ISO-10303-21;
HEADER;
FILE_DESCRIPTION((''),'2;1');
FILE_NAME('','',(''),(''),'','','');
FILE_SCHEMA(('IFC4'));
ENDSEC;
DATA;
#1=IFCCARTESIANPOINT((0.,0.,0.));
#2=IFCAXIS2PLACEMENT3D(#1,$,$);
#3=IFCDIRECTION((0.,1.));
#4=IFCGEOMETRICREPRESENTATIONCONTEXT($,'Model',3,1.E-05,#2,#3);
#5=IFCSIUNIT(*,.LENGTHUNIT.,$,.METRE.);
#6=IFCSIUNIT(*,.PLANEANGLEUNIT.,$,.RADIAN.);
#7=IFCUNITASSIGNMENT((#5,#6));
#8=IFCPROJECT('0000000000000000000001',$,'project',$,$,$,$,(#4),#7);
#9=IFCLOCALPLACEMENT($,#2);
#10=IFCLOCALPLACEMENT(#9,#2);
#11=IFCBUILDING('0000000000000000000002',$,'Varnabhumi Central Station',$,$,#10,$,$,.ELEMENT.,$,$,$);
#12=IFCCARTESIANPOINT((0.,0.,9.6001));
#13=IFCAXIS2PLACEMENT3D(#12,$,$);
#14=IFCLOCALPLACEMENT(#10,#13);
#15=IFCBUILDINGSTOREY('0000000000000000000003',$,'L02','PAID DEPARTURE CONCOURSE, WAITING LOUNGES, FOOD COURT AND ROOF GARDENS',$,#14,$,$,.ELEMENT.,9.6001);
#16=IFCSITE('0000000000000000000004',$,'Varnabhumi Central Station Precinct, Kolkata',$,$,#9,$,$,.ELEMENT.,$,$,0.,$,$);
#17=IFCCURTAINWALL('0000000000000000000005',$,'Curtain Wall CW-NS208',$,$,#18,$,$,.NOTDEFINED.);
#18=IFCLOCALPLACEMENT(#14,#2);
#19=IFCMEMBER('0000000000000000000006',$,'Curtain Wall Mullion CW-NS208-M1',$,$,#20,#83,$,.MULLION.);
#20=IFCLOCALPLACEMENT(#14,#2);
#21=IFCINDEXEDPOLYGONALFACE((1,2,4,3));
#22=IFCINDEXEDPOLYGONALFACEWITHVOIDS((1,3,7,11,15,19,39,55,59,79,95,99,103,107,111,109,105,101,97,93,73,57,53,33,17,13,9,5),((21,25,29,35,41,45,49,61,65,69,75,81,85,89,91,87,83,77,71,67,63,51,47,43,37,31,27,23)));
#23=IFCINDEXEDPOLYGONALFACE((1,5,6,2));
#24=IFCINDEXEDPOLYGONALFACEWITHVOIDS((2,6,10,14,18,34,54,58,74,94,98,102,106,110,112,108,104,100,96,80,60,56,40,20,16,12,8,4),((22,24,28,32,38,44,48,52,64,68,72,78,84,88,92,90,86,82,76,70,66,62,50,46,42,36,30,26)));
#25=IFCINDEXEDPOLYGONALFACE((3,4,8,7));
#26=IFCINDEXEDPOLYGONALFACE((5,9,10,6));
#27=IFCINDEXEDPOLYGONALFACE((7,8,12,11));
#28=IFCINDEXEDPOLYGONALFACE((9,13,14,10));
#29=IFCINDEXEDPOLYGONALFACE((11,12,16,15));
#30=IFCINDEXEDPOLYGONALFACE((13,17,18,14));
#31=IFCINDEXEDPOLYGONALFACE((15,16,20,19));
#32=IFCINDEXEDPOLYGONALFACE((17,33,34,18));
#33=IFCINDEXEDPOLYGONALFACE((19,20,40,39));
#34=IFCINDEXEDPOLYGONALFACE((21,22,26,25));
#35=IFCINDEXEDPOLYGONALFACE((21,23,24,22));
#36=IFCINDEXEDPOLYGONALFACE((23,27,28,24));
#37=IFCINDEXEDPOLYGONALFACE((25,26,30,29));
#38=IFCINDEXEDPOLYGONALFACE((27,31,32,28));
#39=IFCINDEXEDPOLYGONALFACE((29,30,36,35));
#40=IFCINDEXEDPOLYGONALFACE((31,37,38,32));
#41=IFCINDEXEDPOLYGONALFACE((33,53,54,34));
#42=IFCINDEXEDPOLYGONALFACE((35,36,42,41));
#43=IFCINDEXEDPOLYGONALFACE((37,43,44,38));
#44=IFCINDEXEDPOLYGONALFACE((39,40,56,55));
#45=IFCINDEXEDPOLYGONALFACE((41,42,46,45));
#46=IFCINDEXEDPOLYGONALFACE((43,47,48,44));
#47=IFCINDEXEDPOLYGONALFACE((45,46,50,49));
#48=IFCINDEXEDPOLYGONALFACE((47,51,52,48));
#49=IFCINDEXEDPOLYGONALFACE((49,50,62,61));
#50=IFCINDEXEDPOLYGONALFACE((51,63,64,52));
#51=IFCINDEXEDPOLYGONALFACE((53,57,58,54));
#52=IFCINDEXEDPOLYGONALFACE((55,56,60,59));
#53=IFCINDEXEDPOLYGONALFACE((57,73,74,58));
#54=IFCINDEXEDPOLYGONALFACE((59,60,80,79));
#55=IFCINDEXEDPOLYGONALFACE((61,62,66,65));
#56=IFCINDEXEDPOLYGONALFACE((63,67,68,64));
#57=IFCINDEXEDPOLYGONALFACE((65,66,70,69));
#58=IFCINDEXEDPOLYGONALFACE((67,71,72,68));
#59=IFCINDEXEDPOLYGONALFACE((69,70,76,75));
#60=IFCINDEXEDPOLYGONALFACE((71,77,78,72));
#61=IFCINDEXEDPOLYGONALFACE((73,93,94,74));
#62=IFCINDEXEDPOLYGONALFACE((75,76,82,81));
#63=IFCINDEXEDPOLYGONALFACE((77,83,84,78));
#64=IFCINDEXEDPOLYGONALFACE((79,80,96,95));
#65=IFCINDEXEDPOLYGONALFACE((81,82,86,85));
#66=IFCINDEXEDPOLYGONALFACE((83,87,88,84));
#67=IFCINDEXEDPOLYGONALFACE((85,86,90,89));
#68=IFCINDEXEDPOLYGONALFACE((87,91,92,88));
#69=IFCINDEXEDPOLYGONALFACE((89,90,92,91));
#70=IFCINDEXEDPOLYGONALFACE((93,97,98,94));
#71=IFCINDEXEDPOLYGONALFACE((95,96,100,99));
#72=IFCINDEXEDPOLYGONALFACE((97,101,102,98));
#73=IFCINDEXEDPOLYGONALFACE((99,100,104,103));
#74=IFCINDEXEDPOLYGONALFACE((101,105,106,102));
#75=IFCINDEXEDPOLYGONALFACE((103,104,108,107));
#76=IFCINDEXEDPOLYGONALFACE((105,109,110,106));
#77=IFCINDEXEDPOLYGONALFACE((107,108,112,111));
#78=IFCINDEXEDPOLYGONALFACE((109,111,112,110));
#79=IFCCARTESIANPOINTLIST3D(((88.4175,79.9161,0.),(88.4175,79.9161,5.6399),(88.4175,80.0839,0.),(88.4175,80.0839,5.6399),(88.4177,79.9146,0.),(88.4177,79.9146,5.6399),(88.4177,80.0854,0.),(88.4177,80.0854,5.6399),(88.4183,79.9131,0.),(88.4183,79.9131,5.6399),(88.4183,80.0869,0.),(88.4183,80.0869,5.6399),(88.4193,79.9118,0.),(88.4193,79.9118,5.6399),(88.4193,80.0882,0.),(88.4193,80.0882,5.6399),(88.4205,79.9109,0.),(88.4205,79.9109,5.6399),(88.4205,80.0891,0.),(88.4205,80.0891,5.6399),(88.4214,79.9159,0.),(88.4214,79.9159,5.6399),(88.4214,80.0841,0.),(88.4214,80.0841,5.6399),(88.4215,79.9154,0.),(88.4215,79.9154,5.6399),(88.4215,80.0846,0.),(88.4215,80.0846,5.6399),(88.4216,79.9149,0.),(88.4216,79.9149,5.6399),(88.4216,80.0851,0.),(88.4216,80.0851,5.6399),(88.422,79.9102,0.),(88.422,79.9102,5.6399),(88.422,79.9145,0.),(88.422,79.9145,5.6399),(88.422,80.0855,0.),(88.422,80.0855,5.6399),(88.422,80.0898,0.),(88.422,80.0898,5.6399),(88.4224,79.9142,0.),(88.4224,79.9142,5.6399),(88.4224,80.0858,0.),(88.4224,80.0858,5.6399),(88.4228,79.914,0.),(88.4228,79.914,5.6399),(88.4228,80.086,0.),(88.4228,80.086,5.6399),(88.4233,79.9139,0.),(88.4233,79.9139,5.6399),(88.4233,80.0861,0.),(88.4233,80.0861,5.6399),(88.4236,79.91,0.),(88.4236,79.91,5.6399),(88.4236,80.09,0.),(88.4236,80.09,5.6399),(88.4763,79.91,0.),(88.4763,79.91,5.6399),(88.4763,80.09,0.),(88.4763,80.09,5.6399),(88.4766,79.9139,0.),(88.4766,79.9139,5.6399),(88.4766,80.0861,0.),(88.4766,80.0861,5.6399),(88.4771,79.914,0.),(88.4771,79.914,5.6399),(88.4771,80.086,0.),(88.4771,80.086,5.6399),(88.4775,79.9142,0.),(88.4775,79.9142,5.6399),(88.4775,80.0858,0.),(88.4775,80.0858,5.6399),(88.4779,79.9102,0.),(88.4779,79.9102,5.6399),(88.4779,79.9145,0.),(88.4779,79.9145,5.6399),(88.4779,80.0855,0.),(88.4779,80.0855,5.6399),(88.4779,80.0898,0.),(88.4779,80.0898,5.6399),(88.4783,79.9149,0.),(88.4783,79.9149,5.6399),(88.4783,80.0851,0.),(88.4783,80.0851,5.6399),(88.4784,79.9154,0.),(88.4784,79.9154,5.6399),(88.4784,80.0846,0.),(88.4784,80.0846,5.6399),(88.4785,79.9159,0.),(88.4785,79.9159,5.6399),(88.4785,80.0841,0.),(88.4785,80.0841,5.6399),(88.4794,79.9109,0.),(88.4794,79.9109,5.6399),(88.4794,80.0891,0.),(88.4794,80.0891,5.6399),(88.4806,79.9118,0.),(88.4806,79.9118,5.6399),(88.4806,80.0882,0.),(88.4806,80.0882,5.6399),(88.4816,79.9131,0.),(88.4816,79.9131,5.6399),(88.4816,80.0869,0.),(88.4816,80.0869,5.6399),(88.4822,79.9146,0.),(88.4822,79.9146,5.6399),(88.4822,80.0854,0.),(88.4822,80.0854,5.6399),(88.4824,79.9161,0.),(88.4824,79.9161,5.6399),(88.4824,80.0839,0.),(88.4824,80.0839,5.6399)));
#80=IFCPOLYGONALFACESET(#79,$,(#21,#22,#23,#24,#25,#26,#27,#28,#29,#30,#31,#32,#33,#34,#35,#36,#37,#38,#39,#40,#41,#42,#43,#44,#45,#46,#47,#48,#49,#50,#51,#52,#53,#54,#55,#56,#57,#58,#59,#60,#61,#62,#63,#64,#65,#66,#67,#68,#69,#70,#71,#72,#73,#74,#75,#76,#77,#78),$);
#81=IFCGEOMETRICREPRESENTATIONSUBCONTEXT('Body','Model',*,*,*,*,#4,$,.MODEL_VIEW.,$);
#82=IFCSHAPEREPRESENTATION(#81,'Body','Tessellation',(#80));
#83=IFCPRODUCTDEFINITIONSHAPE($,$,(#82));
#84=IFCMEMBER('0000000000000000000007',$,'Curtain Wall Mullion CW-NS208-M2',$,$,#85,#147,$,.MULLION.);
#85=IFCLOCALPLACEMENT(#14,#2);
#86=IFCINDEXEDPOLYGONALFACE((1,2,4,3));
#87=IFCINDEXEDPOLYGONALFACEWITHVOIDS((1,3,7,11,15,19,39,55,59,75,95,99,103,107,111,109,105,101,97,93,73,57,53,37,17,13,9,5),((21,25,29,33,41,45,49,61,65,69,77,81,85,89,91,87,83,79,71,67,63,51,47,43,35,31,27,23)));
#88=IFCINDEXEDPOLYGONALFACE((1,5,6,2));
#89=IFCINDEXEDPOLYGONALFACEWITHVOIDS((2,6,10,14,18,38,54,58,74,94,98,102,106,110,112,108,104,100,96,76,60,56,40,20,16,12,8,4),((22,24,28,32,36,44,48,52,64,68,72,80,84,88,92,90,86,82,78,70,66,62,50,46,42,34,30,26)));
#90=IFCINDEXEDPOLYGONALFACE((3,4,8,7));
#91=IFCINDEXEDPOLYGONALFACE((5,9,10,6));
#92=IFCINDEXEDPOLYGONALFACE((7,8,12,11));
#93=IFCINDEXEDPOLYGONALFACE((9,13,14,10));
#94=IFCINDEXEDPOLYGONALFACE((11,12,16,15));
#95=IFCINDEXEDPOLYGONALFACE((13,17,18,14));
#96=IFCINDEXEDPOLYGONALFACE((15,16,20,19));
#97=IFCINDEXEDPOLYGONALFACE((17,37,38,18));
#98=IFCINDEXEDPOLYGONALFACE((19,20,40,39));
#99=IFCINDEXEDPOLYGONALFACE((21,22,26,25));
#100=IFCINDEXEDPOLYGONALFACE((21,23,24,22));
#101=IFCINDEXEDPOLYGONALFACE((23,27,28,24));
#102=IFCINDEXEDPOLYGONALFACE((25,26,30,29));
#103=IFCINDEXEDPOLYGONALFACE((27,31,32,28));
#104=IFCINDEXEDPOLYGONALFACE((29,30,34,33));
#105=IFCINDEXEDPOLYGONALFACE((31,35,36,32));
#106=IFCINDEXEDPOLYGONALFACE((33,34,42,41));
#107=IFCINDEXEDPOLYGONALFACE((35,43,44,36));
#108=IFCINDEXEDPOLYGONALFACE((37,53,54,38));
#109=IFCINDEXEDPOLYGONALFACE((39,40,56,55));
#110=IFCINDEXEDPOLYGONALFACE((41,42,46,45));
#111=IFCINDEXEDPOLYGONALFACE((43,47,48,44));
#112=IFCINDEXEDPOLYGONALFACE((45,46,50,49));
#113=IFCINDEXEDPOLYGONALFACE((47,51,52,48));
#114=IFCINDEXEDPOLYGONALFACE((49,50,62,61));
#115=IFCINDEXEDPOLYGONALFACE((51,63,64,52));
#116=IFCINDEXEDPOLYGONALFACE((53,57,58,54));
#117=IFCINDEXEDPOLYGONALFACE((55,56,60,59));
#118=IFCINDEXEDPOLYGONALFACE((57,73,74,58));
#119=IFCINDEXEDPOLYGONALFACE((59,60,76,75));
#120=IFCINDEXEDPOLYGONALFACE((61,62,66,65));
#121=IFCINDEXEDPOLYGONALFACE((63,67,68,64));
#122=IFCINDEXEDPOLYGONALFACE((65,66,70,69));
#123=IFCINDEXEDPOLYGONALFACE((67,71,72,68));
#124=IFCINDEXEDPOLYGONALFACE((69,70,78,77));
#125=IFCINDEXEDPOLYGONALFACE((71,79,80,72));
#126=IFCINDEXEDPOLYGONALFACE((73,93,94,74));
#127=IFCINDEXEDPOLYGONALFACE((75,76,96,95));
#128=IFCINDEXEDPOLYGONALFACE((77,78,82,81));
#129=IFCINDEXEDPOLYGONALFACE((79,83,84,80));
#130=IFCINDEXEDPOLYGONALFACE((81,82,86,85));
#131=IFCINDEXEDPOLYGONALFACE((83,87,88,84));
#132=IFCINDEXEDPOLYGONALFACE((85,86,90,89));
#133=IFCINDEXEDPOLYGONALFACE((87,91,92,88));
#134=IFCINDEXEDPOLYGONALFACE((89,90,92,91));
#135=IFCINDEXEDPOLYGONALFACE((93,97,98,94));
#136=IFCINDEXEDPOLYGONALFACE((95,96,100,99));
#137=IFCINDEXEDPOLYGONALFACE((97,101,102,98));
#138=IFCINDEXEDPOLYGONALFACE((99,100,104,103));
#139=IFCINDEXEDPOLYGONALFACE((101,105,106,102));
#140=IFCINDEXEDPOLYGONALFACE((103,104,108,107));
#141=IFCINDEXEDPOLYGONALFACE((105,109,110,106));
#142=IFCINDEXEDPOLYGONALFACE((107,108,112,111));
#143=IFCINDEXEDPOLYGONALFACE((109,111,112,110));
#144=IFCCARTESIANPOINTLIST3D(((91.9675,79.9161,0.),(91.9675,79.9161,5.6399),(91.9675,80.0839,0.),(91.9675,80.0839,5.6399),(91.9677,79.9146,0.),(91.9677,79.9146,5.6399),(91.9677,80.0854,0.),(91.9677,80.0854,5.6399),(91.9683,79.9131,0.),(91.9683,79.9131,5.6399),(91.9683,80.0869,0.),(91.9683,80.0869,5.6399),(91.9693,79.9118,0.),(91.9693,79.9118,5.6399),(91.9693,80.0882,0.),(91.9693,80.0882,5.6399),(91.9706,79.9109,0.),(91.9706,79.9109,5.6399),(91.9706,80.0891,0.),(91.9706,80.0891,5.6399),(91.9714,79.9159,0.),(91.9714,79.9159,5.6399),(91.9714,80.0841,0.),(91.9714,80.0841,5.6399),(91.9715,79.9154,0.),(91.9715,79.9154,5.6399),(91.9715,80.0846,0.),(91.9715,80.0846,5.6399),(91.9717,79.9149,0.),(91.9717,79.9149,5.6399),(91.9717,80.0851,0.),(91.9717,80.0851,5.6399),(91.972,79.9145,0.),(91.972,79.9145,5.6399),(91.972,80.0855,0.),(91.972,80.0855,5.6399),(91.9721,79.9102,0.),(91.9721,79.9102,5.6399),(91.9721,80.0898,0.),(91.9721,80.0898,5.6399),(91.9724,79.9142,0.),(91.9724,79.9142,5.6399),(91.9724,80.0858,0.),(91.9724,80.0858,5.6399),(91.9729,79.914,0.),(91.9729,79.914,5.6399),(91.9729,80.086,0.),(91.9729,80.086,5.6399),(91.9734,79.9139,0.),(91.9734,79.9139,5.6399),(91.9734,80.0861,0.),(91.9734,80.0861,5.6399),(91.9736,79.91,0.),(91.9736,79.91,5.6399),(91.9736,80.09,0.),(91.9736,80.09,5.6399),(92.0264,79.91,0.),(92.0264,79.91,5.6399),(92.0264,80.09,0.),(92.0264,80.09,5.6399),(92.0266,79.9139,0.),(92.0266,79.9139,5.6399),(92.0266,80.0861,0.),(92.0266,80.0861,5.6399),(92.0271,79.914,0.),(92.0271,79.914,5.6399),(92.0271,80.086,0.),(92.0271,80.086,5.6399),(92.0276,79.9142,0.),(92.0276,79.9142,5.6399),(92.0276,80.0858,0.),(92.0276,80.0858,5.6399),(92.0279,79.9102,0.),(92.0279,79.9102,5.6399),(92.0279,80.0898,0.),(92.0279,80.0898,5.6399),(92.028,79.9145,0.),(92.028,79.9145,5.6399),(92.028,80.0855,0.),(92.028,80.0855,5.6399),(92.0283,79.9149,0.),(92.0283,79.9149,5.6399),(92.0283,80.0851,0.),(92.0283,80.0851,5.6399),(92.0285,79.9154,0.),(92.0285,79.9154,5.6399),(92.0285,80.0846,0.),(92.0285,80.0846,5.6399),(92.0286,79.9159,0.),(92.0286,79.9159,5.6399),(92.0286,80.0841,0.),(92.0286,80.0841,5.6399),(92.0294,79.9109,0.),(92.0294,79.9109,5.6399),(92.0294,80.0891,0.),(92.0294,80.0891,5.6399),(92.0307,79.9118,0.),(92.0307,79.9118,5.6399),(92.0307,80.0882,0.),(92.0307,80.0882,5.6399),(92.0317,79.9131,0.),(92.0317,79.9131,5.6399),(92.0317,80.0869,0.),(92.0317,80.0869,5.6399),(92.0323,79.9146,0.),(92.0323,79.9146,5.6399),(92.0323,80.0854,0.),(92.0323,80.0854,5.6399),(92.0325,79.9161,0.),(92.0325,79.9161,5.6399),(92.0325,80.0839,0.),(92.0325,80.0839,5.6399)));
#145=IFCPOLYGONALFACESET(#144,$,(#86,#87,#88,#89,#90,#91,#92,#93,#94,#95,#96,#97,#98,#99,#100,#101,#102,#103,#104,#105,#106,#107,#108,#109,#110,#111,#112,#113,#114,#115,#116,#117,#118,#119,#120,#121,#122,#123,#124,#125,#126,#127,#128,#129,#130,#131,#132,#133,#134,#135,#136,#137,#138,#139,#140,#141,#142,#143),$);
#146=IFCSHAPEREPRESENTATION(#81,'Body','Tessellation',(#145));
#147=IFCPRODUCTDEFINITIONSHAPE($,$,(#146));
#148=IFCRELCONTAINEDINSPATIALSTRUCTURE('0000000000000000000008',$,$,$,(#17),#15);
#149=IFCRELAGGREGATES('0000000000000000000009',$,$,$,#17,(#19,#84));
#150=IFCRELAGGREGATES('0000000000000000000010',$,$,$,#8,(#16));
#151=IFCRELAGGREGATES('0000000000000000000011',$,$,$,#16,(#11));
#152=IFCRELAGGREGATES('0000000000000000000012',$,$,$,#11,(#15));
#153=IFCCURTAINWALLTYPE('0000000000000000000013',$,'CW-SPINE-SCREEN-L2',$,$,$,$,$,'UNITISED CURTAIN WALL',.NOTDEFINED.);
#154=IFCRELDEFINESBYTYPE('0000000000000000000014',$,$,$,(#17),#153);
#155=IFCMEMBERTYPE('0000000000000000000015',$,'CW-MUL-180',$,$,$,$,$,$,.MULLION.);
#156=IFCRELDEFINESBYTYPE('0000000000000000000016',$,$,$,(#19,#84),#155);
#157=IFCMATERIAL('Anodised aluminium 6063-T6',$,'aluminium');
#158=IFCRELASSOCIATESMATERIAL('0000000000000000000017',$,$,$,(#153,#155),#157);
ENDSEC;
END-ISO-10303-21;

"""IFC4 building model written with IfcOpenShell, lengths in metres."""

from ifc_helpers import new_model, si_unit, direction, frame, origin, origin_2d, place, context, subcontext, project, spatial, hollow_rectangle, extrude, material, material_profile, profile_set, type_object, element, aggregate, save


model = new_model("IFC4")

# Units and contexts
model_context = context("Model", 3, precision=1e-05, world=origin(), true_north=direction((0.0, 1.0)))
body_context = subcontext(model_context, "Body", "Model", "MODEL_VIEW")
ifc_project = project(units=[si_unit("LENGTHUNIT", "METRE"), si_unit("PLANEANGLEUNIT", "RADIAN")], contexts=[model_context])

# Site, building, storey
site_placement = place(None, origin())
site = spatial("IfcSite", under=ifc_project, at=site_placement, Name="Varnabhumi Central Station Precinct, Kolkata", CompositionType="ELEMENT", RefElevation=0.0)
building_placement = place(site_placement, origin())
building = spatial("IfcBuilding", under=site, at=building_placement, Name="Varnabhumi Central Station", CompositionType="ELEMENT")
storey_placement = place(building_placement, frame((0.0, 0.0, 9.6001)))
storey = spatial("IfcBuildingStorey", under=building, at=storey_placement, Name="L02", Description="PAID DEPARTURE CONCOURSE, WAITING LOUNGES, FOOD COURT AND ROOF GARDENS", CompositionType="ELEMENT", Elevation=9.6001)

# Curtain wall, members
ifc_material_1 = material(Name="Anodised aluminium 6063-T6", Category="aluminium")
curtain_wall_type = type_object("IfcCurtainWallType", Name="CW-SPINE-SCREEN-L2", ElementType="UNITISED CURTAIN WALL", PredefinedType="NOTDEFINED", material=ifc_material_1)
curtain_wall_placement = place(storey_placement, origin())
curtain_wall = element("IfcCurtainWall", 1, at=curtain_wall_placement, inside=storey, type_object=curtain_wall_type, Name="Curtain Wall CW-NS208", PredefinedType="NOTDEFINED")
ifc_material_profile_1 = material_profile(ifc_material_1, hollow_rectangle(XDim=0.0649, YDim=0.1799, WallThickness=0.0039, InnerFilletRadius=0.002, OuterFilletRadius=0.0061, at=origin_2d()), Name="Anodised aluminium 6063-T6", Category="aluminium")
ifc_profile_set_1 = profile_set([ifc_material_profile_1], Name="Anodised aluminium 6063-T6")
member_type_1 = type_object("IfcMemberType", Name="CW-MUL-180", PredefinedType="MULLION", material=ifc_profile_set_1)
member_1_placement = place(storey_placement, frame((88.45, 80.0, 0.0), z_axis=(0.0, 0.0, 1.0), x_axis=(1.0, 0.0, 0.0)))
member_1 = element("IfcMember", 2, at=member_1_placement, type_object=member_type_1, Name="Curtain Wall Mullion CW-NS208-M1", PredefinedType="MULLION", context=body_context, shape_type="SweptSolid", body=[
    extrude(hollow_rectangle(XDim=0.0649, YDim=0.1799, WallThickness=0.0039, InnerFilletRadius=0.002, OuterFilletRadius=0.0061, at=origin_2d()), origin(), (0.0, 0.0, 1.0), 5.6399),
])
member_2_placement = place(storey_placement, frame((92.0, 80.0, 0.0), z_axis=(0.0, 0.0, 1.0), x_axis=(1.0, 0.0, 0.0)))
member_2 = element("IfcMember", 3, at=member_2_placement, type_object=member_type_1, Name="Curtain Wall Mullion CW-NS208-M2", PredefinedType="MULLION", context=body_context, shape_type="SweptSolid", body=[
    extrude(hollow_rectangle(XDim=0.0649, YDim=0.1799, WallThickness=0.0039, InnerFilletRadius=0.002, OuterFilletRadius=0.0061, at=origin_2d()), origin(), (0.0, 0.0, 1.0), 5.6399),
])

aggregate(curtain_wall, [member_1, member_2])

save(model, "model.ifc")
